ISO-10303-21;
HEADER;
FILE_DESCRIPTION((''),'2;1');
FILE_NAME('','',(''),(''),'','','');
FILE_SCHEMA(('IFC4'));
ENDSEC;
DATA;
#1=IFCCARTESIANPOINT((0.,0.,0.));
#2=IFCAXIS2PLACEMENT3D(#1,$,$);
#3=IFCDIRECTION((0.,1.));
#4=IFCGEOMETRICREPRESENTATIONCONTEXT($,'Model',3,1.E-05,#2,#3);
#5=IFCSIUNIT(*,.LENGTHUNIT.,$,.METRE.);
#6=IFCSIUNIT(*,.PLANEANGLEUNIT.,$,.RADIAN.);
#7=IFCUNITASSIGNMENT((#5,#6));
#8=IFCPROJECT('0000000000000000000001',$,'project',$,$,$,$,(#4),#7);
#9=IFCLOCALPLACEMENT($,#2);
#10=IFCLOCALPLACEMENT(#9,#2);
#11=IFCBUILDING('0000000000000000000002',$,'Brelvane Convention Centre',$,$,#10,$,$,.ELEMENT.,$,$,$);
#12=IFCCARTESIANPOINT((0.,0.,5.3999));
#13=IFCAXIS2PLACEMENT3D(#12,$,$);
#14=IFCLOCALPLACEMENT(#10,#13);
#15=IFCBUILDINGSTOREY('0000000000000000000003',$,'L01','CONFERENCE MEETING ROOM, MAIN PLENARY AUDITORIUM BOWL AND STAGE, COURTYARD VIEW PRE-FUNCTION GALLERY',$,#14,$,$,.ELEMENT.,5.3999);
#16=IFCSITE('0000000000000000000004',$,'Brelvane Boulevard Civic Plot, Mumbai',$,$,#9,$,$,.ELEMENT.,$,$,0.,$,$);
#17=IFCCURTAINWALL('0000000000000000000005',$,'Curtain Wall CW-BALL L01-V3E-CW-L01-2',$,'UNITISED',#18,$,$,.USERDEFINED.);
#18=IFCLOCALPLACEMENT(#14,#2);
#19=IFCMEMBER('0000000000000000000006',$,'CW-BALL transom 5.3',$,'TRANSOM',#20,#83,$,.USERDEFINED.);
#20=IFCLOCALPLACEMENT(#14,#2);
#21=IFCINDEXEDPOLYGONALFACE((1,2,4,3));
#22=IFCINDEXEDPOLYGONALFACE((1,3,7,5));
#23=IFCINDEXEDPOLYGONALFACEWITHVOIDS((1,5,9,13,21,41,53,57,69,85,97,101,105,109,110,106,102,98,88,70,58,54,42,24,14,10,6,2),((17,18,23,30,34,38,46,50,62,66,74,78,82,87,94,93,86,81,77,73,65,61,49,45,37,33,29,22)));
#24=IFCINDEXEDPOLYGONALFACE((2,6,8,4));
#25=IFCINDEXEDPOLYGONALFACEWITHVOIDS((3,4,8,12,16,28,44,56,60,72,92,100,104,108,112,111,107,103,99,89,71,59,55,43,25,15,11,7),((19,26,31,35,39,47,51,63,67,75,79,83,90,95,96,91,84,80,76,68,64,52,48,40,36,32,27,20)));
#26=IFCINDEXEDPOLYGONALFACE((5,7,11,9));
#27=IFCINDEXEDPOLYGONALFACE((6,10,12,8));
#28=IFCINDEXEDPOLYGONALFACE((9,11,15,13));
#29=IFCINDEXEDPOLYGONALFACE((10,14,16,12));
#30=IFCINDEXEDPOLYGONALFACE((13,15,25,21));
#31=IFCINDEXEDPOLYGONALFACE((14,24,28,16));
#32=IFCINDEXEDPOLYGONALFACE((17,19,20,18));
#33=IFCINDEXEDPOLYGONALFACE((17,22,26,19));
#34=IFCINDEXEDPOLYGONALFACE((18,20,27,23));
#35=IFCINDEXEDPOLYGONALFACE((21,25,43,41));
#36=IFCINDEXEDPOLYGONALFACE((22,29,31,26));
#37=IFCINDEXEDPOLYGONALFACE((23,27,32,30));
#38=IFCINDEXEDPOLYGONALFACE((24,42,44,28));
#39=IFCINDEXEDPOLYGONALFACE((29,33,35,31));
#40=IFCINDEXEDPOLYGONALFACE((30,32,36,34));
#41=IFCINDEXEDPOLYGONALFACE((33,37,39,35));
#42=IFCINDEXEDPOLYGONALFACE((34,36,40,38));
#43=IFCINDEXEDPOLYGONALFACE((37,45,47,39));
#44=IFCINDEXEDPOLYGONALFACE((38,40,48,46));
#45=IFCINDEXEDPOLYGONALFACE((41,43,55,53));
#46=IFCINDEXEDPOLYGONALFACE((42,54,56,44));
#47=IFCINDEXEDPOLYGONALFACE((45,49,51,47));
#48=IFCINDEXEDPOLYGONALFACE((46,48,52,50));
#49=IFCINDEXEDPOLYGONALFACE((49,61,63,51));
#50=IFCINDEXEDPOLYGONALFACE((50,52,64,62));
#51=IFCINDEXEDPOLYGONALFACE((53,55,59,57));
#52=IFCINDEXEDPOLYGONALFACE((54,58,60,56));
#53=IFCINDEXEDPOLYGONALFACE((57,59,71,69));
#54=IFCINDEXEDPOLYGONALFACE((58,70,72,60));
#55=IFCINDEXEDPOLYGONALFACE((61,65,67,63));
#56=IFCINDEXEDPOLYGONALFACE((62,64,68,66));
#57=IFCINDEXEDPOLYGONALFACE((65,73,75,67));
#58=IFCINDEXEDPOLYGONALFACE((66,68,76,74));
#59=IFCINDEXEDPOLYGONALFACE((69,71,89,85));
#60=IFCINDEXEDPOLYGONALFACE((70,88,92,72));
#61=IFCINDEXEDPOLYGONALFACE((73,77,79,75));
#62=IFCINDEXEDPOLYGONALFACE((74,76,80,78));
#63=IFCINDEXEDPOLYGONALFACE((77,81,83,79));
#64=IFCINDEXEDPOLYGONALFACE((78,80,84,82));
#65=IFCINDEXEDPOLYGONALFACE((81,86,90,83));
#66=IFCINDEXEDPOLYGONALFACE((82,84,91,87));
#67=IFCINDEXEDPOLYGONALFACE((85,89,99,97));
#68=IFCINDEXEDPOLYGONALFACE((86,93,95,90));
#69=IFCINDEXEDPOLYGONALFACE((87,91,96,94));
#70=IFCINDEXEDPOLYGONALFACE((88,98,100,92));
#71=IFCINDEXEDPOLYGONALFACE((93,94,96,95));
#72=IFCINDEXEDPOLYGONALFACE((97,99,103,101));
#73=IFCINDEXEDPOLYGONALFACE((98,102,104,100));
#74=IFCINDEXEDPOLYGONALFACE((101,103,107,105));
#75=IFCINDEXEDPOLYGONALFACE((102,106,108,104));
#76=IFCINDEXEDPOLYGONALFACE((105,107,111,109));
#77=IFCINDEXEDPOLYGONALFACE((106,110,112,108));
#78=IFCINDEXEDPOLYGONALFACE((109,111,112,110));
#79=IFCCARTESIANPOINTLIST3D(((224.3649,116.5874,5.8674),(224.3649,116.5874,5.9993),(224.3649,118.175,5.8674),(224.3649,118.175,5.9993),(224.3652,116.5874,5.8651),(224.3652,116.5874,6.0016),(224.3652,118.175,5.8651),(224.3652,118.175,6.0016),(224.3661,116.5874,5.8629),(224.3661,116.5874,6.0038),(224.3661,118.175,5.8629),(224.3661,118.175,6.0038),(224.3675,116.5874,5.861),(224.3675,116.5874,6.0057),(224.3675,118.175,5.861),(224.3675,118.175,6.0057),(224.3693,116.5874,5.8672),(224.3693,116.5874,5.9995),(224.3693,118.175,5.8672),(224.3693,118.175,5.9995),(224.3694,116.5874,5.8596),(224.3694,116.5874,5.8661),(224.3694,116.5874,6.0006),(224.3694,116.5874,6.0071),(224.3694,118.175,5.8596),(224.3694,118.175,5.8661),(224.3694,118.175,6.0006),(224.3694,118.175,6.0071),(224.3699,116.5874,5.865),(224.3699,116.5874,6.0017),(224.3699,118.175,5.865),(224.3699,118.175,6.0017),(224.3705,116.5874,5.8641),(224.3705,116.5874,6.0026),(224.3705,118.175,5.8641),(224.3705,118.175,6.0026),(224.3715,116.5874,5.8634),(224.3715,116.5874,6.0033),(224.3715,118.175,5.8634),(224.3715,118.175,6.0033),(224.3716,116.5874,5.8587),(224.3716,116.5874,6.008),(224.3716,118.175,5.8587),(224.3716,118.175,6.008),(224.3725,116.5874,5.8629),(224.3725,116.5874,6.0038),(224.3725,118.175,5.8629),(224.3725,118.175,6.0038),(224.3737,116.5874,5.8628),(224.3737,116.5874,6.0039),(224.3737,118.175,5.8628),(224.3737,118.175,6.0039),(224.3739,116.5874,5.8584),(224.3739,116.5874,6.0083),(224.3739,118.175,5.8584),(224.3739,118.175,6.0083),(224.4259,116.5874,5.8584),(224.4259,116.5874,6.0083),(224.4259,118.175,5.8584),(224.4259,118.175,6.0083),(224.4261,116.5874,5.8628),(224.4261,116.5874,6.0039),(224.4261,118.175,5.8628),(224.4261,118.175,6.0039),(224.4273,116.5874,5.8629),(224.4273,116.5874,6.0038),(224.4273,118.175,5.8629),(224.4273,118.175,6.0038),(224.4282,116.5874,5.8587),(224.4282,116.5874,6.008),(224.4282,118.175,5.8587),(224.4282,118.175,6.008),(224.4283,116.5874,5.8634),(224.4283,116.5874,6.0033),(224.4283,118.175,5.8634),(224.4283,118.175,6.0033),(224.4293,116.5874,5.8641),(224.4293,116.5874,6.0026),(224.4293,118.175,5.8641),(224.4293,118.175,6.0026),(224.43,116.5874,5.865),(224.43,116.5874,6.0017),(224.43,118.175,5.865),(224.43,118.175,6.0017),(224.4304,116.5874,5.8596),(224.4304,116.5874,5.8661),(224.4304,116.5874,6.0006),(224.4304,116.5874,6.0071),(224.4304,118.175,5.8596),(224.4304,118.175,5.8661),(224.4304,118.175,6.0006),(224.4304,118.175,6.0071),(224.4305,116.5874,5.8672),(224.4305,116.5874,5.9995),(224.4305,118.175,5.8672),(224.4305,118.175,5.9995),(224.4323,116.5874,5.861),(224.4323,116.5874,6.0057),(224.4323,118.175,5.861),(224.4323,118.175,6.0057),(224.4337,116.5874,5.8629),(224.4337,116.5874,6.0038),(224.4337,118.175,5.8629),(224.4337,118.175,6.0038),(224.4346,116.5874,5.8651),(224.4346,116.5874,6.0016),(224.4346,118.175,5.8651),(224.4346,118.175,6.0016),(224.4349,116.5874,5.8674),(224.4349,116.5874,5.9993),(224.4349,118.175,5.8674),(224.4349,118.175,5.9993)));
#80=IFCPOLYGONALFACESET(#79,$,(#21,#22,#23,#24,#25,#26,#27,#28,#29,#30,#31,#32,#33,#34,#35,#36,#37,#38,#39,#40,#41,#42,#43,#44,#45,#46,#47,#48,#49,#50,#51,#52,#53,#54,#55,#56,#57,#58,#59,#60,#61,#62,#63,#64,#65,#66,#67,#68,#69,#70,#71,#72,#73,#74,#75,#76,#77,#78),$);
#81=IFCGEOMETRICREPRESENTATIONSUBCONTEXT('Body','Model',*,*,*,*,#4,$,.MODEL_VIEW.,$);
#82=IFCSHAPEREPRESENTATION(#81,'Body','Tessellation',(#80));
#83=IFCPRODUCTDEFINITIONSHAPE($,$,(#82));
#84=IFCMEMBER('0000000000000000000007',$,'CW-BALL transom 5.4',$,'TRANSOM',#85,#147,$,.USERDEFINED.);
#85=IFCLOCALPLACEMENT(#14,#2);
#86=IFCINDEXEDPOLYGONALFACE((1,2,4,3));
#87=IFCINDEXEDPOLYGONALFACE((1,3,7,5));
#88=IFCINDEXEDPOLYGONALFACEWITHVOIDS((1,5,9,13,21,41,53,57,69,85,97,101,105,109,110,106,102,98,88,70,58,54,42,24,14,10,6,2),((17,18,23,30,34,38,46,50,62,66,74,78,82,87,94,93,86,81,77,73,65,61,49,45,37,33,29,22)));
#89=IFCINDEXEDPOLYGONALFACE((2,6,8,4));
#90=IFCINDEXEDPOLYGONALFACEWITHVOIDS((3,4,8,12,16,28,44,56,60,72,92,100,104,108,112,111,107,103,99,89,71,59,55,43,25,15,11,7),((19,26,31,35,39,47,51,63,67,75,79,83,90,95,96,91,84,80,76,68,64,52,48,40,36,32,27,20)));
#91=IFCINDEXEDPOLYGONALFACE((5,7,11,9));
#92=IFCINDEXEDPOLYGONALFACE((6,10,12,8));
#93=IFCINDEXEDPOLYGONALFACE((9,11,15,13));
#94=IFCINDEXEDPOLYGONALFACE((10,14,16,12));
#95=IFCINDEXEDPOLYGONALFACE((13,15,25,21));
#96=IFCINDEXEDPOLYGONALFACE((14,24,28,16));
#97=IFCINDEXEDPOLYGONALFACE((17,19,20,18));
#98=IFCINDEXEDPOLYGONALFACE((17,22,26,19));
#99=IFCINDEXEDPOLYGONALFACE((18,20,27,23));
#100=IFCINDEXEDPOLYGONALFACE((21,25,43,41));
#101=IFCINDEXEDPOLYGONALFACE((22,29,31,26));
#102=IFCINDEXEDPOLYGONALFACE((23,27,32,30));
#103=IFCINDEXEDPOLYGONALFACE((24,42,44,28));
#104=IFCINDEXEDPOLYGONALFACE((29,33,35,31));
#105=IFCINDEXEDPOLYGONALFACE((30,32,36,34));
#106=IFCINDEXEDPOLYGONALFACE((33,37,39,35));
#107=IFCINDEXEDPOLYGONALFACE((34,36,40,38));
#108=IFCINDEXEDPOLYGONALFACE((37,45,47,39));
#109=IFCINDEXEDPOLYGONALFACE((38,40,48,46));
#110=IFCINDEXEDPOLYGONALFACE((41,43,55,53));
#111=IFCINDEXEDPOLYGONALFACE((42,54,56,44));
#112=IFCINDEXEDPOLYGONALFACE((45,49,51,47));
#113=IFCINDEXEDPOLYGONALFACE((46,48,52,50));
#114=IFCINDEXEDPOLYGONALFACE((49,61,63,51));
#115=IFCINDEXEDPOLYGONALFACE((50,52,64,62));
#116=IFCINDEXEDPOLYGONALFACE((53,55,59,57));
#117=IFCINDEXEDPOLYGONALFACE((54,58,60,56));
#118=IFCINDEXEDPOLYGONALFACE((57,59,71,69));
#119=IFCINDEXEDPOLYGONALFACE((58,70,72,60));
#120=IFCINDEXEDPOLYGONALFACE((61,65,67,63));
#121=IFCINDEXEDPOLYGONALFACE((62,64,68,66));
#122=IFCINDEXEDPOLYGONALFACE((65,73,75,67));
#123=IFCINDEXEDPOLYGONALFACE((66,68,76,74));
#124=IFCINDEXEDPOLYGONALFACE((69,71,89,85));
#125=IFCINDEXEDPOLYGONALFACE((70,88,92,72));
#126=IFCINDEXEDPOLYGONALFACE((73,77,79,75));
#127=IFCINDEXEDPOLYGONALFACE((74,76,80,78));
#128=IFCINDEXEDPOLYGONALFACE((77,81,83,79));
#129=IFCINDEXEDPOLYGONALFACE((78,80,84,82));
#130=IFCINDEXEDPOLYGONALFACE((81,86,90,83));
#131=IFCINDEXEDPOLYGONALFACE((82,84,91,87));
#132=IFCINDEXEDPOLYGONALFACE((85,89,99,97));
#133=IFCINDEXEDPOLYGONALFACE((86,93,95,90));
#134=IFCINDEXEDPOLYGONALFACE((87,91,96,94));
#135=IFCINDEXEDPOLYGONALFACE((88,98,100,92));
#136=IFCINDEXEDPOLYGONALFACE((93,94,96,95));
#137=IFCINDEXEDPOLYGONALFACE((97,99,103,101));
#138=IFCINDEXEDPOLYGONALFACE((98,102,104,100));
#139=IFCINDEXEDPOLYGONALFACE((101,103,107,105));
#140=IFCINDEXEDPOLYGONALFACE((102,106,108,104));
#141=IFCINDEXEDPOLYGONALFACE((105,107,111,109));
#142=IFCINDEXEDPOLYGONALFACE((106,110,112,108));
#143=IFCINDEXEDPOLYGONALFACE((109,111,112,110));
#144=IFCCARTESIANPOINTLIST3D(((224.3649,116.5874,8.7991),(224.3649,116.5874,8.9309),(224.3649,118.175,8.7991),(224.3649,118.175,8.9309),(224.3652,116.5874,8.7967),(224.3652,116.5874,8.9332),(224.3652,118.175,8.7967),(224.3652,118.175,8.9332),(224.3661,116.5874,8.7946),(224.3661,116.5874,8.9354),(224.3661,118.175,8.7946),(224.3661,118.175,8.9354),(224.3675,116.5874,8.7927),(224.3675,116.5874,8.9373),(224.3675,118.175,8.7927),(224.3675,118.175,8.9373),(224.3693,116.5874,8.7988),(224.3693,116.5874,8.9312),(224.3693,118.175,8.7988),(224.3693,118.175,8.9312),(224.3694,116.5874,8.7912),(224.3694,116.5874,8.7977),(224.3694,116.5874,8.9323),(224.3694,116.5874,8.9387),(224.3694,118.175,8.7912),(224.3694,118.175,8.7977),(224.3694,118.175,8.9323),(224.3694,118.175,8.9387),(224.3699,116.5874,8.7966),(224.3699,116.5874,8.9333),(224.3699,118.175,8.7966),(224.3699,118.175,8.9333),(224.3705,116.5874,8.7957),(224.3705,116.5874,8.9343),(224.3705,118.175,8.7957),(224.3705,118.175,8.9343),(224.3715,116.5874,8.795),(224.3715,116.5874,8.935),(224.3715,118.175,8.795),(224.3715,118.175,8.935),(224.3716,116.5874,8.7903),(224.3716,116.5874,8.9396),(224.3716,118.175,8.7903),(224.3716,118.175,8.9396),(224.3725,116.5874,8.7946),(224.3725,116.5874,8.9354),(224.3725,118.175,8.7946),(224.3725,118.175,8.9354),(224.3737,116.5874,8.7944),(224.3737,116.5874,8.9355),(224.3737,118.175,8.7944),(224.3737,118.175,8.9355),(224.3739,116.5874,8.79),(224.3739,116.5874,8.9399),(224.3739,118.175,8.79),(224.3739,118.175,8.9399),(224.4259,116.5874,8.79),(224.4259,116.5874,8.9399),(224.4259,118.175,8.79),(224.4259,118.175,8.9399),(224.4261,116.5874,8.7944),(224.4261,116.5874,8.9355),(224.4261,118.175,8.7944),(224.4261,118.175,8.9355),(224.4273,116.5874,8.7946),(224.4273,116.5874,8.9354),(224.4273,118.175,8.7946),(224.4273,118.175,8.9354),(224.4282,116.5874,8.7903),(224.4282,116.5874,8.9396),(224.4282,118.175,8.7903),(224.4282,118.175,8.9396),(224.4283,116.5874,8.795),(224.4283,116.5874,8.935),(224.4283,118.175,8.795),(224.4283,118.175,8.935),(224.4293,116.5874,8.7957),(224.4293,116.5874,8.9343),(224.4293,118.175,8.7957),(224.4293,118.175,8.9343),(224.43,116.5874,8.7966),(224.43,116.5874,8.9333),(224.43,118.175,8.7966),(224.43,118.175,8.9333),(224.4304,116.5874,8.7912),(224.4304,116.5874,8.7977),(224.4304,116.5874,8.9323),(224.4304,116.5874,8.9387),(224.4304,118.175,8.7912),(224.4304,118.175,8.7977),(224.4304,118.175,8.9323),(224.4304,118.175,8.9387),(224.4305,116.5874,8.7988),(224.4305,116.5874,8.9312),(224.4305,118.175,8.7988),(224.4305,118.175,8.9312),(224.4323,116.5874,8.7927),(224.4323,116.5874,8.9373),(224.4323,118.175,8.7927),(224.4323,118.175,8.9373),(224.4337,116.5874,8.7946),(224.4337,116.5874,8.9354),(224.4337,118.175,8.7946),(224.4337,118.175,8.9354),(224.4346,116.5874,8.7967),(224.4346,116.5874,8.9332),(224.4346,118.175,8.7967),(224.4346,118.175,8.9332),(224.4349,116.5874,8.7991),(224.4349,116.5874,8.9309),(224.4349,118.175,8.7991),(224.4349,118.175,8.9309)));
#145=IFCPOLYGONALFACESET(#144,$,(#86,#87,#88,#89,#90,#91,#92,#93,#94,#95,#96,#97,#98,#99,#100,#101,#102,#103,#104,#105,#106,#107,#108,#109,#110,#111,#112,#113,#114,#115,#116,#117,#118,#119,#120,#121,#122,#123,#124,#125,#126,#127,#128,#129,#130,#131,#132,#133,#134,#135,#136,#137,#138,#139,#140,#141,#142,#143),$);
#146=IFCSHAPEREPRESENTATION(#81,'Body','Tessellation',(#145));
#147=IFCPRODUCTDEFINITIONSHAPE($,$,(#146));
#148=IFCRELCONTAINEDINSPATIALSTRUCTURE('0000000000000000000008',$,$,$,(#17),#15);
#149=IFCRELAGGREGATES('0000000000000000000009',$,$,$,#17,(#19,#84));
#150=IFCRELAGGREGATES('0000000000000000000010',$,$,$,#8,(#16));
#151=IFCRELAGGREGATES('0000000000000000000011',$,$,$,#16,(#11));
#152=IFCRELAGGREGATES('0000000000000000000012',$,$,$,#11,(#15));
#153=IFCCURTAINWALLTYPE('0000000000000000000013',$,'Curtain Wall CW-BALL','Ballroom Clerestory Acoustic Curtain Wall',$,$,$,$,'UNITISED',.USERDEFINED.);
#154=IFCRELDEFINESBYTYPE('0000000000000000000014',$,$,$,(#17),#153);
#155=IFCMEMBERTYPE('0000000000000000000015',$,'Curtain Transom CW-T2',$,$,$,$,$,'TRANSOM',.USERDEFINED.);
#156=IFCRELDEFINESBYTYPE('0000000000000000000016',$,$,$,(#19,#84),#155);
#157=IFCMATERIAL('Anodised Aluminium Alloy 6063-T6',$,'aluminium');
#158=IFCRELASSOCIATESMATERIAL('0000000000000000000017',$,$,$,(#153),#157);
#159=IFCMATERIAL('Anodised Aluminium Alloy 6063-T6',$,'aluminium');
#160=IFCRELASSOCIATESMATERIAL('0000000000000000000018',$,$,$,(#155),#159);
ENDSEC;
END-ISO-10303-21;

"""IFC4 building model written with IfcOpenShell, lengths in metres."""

from ifc_helpers import new_model, si_unit, direction, frame, origin, origin_2d, place, context, subcontext, project, spatial, hollow_rectangle, extrude, material, material_profile, profile_set, type_object, element, aggregate, save


model = new_model("IFC4")

# Units and contexts
model_context = context("Model", 3, precision=1e-05, world=origin(), true_north=direction((0.0, 1.0)))
body_context = subcontext(model_context, "Body", "Model", "MODEL_VIEW")
ifc_project = project(units=[si_unit("LENGTHUNIT", "METRE"), si_unit("PLANEANGLEUNIT", "RADIAN")], contexts=[model_context])

# Site, building, storey
site_placement = place(None, origin())
site = spatial("IfcSite", under=ifc_project, at=site_placement, Name="Brelvane Boulevard Civic Plot, Mumbai", CompositionType="ELEMENT", RefElevation=0.0)
building_placement = place(site_placement, origin())
building = spatial("IfcBuilding", under=site, at=building_placement, Name="Brelvane Convention Centre", CompositionType="ELEMENT")
storey_placement = place(building_placement, frame((0.0, 0.0, 5.3999)))
storey = spatial("IfcBuildingStorey", under=building, at=storey_placement, Name="L01", Description="CONFERENCE MEETING ROOM, MAIN PLENARY AUDITORIUM BOWL AND STAGE, COURTYARD VIEW PRE-FUNCTION GALLERY", CompositionType="ELEMENT", Elevation=5.3999)

# Curtain wall
ifc_material_1 = material(Name="Anodised Aluminium Alloy 6063-T6", Category="aluminium")
curtain_wall_type = type_object("IfcCurtainWallType", Name="Curtain Wall CW-BALL", Description="Ballroom Clerestory Acoustic Curtain Wall", ElementType="UNITISED", PredefinedType="USERDEFINED", material=ifc_material_1)
curtain_wall_1_placement = place(storey_placement, origin())
curtain_wall_1 = element("IfcCurtainWall", 1, at=curtain_wall_1_placement, inside=storey, type_object=curtain_wall_type, Name="Curtain Wall CW-BALL L01-V3E-CW-L01-2", ObjectType="UNITISED", PredefinedType="USERDEFINED")

# Members
ifc_material_2 = material(Name="Anodised Aluminium Alloy 6063-T6", Category="aluminium")
ifc_material_profile_1 = material_profile(ifc_material_2, hollow_rectangle(XDim=0.0701, YDim=0.1499, WallThickness=0.0044, InnerFilletRadius=0.0044, OuterFilletRadius=0.009, at=origin_2d()), Name="ALU-T 150x70x4.5")
ifc_profile_set_1 = profile_set([ifc_material_profile_1], Name="Anodised Aluminium Alloy 6063-T6")
member_type_1 = type_object("IfcMemberType", Name="Curtain Transom CW-T2", ElementType="TRANSOM", PredefinedType="USERDEFINED", material=ifc_profile_set_1)
member_1_placement = place(storey_placement, frame((224.3999, 116.5874, 5.9333), z_axis=(0.0, 1.0, 0.0), x_axis=(-1.0, 0.0, 0.0)))
member_1 = element("IfcMember", 2, at=member_1_placement, type_object=member_type_1, Name="CW-BALL transom 5.3", ObjectType="TRANSOM", PredefinedType="USERDEFINED", context=body_context, shape_type="SweptSolid", body=[
    extrude(hollow_rectangle(XDim=0.0701, YDim=0.1499, WallThickness=0.0044, InnerFilletRadius=0.0044, OuterFilletRadius=0.009, at=origin_2d()), origin(), (0.0, 0.0, 1.0), 1.5876),
])
member_2_placement = place(storey_placement, frame((224.3999, 116.5874, 8.865), z_axis=(0.0, 1.0, 0.0), x_axis=(-1.0, 0.0, 0.0)))
member_2 = element("IfcMember", 3, at=member_2_placement, type_object=member_type_1, Name="CW-BALL transom 5.4", ObjectType="TRANSOM", PredefinedType="USERDEFINED", context=body_context, shape_type="SweptSolid", body=[
    extrude(hollow_rectangle(XDim=0.0701, YDim=0.1499, WallThickness=0.0044, InnerFilletRadius=0.0044, OuterFilletRadius=0.009, at=origin_2d()), origin(), (0.0, 0.0, 1.0), 1.5876),
])

aggregate(curtain_wall_1, [member_1, member_2])

save(model, "model.ifc")
